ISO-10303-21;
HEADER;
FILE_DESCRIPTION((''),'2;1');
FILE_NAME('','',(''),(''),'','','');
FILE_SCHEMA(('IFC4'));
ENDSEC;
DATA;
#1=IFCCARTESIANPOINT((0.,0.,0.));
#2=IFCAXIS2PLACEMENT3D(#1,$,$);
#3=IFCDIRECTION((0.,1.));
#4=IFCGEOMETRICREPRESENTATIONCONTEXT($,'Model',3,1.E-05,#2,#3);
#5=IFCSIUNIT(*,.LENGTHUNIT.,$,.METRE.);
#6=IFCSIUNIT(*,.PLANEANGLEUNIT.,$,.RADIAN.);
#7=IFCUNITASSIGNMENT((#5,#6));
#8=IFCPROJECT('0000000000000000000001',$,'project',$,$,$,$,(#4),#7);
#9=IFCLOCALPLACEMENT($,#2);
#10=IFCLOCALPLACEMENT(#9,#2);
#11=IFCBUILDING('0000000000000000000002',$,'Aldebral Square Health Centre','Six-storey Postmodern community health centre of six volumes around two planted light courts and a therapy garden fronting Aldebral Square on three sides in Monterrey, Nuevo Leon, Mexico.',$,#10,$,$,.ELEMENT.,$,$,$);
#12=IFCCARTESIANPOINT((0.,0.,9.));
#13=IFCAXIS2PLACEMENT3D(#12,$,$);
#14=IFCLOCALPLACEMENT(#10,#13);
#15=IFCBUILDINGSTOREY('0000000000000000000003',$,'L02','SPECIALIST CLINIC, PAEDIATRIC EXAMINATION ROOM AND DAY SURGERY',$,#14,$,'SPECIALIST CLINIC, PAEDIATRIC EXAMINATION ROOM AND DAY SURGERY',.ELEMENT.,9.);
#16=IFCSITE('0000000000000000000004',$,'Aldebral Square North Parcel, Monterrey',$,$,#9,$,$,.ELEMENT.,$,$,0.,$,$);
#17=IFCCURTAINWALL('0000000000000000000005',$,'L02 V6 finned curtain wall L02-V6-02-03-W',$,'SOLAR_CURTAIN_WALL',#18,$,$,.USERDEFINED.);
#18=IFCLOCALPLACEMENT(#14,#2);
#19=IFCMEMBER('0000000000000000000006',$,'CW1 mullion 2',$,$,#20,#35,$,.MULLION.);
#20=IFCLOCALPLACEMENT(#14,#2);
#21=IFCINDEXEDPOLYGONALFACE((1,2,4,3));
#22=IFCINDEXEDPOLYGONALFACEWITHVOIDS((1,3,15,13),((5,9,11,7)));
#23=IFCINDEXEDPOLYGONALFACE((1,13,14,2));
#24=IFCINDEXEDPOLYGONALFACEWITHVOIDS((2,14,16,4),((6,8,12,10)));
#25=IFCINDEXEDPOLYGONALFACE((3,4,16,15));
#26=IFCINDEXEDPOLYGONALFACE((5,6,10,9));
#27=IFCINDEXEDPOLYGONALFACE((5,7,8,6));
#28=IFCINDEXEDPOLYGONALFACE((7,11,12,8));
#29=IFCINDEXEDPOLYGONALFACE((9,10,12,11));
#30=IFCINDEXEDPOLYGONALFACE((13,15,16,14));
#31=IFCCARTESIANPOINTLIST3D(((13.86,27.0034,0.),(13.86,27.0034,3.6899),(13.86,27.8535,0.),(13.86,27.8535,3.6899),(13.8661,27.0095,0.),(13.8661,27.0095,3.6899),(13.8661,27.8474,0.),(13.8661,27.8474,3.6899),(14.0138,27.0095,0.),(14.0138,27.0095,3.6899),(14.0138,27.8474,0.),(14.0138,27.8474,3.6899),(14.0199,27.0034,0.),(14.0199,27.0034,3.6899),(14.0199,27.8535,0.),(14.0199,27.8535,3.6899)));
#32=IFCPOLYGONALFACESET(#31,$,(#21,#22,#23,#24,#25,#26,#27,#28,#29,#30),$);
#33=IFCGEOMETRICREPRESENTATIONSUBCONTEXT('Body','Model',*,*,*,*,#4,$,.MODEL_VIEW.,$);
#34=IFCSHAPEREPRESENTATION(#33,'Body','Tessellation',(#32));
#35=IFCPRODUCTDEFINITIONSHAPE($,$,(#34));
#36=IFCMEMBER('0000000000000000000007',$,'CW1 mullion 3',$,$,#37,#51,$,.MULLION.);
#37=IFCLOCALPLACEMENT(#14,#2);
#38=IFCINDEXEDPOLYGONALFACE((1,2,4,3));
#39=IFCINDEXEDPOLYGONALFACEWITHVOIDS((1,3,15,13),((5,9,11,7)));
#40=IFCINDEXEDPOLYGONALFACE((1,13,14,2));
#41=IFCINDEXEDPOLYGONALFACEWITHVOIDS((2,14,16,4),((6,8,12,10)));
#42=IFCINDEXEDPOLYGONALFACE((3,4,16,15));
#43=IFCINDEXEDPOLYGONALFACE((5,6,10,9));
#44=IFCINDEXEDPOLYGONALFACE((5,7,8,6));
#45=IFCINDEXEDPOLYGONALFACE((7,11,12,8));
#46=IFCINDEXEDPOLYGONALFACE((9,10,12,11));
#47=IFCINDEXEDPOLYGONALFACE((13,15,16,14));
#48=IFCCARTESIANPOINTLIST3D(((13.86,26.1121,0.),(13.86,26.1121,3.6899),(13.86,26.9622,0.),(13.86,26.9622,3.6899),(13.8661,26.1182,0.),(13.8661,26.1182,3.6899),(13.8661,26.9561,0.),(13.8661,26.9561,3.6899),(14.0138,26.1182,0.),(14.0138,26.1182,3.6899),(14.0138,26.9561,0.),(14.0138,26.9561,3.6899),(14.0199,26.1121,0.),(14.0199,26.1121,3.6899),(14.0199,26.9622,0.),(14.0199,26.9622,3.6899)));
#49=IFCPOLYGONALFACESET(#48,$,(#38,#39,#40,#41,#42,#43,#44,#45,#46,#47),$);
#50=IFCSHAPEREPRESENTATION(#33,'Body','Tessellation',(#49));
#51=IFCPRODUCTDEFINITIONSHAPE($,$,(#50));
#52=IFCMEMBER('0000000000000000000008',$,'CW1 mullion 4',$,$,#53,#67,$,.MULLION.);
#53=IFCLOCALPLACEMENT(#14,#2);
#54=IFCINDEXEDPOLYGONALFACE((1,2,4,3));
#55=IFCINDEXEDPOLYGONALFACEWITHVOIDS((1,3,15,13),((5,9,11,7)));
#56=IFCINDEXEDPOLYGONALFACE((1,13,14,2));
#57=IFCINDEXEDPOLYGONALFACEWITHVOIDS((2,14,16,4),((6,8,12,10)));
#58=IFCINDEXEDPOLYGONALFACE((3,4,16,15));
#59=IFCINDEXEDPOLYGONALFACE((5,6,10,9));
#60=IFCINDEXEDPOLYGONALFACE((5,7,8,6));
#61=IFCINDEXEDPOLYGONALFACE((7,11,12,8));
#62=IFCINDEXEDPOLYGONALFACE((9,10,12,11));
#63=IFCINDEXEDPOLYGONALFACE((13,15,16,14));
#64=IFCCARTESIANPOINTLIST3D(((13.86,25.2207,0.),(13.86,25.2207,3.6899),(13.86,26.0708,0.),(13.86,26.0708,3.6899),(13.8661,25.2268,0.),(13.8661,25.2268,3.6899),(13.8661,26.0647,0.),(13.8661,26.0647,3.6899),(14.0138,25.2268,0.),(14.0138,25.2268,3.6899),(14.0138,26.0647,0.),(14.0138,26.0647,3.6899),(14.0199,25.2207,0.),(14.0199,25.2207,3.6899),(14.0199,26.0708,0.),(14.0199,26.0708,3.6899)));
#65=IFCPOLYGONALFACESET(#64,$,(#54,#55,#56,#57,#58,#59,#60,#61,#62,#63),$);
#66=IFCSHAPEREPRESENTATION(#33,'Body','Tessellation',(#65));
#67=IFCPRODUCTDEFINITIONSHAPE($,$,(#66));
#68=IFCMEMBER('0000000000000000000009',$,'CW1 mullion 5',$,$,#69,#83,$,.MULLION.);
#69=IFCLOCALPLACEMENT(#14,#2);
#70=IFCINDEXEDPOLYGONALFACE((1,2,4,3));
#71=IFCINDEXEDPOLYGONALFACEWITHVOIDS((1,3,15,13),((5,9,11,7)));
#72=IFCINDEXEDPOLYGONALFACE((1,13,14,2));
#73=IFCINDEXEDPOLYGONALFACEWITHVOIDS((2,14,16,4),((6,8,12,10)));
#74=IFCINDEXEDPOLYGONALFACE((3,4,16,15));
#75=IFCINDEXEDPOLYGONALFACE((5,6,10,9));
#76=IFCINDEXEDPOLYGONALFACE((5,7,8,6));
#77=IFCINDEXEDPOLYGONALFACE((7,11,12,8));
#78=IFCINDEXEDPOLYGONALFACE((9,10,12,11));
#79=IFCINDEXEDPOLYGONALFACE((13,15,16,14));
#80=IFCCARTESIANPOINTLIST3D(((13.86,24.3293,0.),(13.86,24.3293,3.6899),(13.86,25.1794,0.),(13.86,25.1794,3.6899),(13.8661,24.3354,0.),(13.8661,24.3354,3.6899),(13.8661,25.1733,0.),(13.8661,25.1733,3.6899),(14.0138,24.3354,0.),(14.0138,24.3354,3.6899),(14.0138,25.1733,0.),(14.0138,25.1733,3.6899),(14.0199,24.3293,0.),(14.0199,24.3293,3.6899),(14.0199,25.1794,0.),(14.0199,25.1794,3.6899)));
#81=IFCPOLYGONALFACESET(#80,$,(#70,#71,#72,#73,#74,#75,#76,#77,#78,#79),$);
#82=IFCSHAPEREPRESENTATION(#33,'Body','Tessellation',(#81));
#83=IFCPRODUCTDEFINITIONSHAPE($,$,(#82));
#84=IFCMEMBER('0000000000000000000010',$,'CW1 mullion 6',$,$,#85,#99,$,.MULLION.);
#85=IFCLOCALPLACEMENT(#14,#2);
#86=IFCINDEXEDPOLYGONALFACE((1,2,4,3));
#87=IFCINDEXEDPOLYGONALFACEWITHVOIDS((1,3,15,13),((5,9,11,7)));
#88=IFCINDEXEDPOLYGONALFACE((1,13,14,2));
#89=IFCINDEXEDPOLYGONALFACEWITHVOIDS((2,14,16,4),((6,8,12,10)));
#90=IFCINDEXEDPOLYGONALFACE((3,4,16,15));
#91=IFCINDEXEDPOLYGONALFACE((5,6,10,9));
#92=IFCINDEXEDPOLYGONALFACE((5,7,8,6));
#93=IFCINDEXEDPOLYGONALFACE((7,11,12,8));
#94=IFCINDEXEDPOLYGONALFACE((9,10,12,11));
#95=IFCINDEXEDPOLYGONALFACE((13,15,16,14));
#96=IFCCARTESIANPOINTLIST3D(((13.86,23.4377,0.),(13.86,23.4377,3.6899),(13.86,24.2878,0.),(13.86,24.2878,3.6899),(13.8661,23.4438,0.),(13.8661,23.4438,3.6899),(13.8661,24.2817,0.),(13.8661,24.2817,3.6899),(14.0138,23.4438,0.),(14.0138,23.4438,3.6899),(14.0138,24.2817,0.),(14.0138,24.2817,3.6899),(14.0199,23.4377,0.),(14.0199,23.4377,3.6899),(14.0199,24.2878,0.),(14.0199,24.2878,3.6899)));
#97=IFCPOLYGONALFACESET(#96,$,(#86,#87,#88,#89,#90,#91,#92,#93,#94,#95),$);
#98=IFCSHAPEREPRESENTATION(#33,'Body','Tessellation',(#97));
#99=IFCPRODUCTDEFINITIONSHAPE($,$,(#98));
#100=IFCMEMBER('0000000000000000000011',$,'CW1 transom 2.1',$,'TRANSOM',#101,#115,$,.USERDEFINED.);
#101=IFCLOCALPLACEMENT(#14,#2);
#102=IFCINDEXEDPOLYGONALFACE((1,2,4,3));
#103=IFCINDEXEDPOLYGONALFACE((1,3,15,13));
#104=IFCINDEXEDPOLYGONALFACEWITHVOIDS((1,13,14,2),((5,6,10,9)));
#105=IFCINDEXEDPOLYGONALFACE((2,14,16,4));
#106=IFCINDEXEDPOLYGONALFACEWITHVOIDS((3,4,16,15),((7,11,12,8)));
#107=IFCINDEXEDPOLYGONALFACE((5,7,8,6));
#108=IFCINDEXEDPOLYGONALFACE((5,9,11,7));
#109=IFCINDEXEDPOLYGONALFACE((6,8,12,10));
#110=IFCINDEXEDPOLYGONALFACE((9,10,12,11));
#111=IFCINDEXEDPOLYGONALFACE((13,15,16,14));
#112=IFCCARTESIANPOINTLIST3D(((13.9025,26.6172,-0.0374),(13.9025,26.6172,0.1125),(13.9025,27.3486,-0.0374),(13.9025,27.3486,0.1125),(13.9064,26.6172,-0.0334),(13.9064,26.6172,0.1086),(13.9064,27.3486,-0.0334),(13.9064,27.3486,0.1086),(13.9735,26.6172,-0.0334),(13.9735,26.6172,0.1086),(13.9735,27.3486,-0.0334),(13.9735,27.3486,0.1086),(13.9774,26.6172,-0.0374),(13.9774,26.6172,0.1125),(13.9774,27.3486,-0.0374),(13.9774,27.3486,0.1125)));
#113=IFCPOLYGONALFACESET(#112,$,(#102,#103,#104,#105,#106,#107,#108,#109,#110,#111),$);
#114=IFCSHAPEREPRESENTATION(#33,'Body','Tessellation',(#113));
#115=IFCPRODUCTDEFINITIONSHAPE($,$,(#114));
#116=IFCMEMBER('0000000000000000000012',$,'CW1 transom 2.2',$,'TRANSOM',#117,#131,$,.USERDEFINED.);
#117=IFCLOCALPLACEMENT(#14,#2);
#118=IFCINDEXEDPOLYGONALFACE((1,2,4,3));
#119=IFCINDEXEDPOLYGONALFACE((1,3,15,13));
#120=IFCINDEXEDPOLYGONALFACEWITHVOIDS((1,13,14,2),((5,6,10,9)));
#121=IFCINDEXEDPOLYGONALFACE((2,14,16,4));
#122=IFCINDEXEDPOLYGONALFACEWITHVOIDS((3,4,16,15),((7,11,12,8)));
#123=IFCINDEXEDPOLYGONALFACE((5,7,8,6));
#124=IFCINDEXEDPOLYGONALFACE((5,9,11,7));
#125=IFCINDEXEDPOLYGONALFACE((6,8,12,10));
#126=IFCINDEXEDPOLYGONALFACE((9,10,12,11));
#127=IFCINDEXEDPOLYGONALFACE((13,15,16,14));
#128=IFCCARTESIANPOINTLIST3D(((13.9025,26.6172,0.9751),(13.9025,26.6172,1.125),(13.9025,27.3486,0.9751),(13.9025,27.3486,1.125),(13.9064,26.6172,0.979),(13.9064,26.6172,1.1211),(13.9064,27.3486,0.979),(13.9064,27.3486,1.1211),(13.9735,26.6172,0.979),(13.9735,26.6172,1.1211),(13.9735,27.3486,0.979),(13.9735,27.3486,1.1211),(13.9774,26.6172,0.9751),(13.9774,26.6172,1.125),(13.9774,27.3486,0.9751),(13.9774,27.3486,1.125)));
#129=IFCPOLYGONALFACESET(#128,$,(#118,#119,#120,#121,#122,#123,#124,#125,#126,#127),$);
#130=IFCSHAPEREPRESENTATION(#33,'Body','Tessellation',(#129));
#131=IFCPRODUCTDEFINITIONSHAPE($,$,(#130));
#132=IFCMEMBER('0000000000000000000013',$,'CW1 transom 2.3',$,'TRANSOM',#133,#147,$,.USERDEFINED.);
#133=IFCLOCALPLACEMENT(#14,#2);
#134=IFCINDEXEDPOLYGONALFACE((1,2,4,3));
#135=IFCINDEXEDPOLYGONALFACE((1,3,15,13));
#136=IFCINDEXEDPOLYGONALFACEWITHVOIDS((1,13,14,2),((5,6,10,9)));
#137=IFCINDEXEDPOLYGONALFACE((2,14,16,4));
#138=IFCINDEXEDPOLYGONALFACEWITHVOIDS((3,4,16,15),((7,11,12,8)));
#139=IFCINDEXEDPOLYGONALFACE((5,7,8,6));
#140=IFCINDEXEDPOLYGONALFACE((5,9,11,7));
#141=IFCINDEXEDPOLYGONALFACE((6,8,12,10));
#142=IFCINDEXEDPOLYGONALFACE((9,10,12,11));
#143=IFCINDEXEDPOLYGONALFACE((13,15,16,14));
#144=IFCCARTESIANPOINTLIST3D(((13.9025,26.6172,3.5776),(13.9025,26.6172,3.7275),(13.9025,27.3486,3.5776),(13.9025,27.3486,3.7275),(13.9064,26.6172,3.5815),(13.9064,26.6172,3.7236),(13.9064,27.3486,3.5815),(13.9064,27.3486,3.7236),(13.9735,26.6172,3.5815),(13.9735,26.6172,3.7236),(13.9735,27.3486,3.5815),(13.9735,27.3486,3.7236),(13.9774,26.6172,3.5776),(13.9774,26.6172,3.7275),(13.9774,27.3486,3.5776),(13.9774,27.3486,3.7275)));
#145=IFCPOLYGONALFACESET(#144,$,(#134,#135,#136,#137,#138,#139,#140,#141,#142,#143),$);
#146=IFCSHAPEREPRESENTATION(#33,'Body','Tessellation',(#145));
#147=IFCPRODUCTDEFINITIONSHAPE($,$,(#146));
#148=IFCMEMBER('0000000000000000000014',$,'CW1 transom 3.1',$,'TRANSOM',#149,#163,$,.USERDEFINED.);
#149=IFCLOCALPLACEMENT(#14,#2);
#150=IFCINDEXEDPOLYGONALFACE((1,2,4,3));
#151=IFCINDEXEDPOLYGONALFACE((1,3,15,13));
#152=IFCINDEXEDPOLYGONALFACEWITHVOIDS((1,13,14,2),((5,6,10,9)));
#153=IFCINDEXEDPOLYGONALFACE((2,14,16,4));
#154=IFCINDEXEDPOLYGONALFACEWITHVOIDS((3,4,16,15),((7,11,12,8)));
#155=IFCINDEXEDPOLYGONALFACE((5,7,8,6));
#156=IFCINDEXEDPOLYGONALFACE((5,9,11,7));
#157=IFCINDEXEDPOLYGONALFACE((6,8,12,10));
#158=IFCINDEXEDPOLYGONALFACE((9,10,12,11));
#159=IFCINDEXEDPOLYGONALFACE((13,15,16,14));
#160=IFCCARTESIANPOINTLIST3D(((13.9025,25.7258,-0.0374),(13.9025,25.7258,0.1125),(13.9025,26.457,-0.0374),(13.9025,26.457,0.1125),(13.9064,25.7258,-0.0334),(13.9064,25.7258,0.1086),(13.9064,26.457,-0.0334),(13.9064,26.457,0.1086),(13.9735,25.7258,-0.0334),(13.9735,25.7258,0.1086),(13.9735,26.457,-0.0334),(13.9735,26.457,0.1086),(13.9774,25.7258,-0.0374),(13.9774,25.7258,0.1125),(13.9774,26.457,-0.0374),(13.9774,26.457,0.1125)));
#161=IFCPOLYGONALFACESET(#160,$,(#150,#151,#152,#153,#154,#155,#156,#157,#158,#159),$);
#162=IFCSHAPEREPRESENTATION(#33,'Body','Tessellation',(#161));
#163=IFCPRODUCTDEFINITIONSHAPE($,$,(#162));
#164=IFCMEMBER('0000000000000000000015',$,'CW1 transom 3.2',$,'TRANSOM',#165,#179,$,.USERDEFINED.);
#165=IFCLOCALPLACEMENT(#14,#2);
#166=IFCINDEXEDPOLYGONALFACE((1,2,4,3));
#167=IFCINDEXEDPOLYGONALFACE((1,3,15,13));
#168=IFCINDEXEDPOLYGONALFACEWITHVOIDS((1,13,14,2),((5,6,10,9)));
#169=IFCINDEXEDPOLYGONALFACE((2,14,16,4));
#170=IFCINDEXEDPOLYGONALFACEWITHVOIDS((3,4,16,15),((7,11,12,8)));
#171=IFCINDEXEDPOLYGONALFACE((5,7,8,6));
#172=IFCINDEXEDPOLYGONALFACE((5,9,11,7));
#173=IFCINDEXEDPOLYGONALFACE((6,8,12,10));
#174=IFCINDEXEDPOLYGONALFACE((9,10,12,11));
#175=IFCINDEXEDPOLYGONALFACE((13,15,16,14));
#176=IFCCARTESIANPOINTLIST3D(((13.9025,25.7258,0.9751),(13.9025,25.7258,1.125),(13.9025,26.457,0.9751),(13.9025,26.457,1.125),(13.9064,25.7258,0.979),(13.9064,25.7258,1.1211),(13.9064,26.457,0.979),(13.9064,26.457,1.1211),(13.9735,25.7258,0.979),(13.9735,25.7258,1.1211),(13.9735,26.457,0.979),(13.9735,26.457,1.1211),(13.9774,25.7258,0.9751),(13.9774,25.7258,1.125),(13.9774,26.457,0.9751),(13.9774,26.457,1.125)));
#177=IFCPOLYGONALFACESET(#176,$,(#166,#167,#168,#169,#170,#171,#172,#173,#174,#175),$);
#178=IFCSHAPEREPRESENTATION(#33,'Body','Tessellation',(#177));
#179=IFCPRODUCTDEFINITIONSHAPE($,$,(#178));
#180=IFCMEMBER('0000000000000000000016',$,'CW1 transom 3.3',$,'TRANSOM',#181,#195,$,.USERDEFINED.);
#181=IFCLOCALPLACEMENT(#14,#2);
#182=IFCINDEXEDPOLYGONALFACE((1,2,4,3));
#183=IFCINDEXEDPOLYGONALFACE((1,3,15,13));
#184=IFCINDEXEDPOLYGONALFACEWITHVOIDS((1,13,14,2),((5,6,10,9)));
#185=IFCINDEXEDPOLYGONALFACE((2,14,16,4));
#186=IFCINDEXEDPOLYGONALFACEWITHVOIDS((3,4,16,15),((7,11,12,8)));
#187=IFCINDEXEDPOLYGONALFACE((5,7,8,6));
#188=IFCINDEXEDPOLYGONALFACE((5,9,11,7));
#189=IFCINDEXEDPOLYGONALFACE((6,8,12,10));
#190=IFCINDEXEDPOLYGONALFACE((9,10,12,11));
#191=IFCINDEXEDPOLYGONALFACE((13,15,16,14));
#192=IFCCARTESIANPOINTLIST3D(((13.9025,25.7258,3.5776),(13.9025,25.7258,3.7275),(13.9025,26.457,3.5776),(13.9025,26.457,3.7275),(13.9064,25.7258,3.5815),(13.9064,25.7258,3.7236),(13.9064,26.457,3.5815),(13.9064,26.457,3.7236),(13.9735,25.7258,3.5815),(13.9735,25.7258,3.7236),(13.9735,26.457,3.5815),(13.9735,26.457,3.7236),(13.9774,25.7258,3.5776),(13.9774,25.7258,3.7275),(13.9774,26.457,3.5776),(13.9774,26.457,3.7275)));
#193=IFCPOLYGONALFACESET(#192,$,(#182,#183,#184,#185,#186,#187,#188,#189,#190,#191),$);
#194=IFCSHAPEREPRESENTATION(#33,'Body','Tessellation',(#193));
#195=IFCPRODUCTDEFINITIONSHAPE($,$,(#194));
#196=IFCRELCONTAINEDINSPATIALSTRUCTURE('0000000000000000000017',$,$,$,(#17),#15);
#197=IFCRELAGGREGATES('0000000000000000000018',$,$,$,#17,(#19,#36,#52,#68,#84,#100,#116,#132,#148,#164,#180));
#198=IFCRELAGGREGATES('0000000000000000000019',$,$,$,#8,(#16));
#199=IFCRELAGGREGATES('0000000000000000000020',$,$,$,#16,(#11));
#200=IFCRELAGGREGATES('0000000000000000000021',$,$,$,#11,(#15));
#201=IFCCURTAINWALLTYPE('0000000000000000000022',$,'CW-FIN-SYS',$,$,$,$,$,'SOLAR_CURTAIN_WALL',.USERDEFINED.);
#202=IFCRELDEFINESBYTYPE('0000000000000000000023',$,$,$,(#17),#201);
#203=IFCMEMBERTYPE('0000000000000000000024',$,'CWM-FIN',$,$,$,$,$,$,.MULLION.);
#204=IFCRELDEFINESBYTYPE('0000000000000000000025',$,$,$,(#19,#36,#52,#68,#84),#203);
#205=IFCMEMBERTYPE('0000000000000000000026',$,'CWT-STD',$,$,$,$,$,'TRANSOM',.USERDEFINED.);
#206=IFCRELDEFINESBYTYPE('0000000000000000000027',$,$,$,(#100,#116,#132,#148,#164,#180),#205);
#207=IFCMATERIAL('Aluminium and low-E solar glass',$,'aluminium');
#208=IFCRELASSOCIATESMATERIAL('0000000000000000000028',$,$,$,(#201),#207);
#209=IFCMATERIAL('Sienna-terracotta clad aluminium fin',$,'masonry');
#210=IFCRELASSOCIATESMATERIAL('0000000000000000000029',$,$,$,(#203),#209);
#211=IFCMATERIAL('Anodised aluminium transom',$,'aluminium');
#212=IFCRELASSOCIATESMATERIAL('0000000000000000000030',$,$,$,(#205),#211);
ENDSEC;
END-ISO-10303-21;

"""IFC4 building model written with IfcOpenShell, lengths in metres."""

from ifc_helpers import new_model, si_unit, direction, frame, origin, origin_2d, place, context, subcontext, project, spatial, hollow_rectangle, extrude, material, material_profile, profile_set, type_object, element, aggregate, save


model = new_model("IFC4")

# Units and contexts
model_context = context("Model", 3, precision=1e-05, world=origin(), true_north=direction((0.0, 1.0)))
body_context = subcontext(model_context, "Body", "Model", "MODEL_VIEW")
ifc_project = project(units=[si_unit("LENGTHUNIT", "METRE"), si_unit("PLANEANGLEUNIT", "RADIAN")], contexts=[model_context])

# Site, building, storey
site_placement = place(None, origin())
site = spatial("IfcSite", under=ifc_project, at=site_placement, Name="Aldebral Square North Parcel, Monterrey", CompositionType="ELEMENT", RefElevation=0.0)
building_placement = place(site_placement, origin())
building = spatial("IfcBuilding", under=site, at=building_placement, Name="Aldebral Square Health Centre", Description="Six-storey Postmodern community health centre of six volumes around two planted light courts and a therapy garden fronting Aldebral Square on three sides in Monterrey, Nuevo Leon, Mexico.", CompositionType="ELEMENT")
storey_placement = place(building_placement, frame((0.0, 0.0, 9.0)))
storey = spatial("IfcBuildingStorey", under=building, at=storey_placement, Name="L02", Description="SPECIALIST CLINIC, PAEDIATRIC EXAMINATION ROOM AND DAY SURGERY", LongName="SPECIALIST CLINIC, PAEDIATRIC EXAMINATION ROOM AND DAY SURGERY", CompositionType="ELEMENT", Elevation=9.0)

# Curtain wall, members
ifc_material_1 = material(Name="Aluminium and low-E solar glass", Category="aluminium")
curtain_wall_type = type_object("IfcCurtainWallType", Name="CW-FIN-SYS", ElementType="SOLAR_CURTAIN_WALL", PredefinedType="USERDEFINED", material=ifc_material_1)
curtain_wall_placement = place(storey_placement, origin())
curtain_wall = element("IfcCurtainWall", 1, at=curtain_wall_placement, inside=storey, type_object=curtain_wall_type, Name="L02 V6 finned curtain wall L02-V6-02-03-W", ObjectType="SOLAR_CURTAIN_WALL", PredefinedType="USERDEFINED")
ifc_material_2 = material(Name="Sienna-terracotta clad aluminium fin", Category="masonry")
ifc_material_profile_1 = material_profile(ifc_material_2, hollow_rectangle(XDim=0.1599, YDim=0.8501, WallThickness=0.0061, at=origin_2d()), Name="FIN 160x850x6")
ifc_profile_set_1 = profile_set([ifc_material_profile_1], Name="Sienna-terracotta clad aluminium fin")
member_type_1 = type_object("IfcMemberType", Name="CWM-FIN", PredefinedType="MULLION", material=ifc_profile_set_1)
member_1_placement = place(storey_placement, frame((13.9399, 27.4285, 0.0), z_axis=(0.0, 0.0, 1.0), x_axis=(1.0, 0.0, 0.0)))
member_1 = element("IfcMember", 2, at=member_1_placement, type_object=member_type_1, Name="CW1 mullion 2", PredefinedType="MULLION", context=body_context, shape_type="SweptSolid", body=[
    extrude(hollow_rectangle(XDim=0.1599, YDim=0.8501, WallThickness=0.0061, at=origin_2d()), origin(), (0.0, 0.0, 1.0), 3.6899),
])
member_2_placement = place(storey_placement, frame((13.9399, 26.5371, 0.0), z_axis=(0.0, 0.0, 1.0), x_axis=(1.0, 0.0, 0.0)))
member_2 = element("IfcMember", 3, at=member_2_placement, type_object=member_type_1, Name="CW1 mullion 3", PredefinedType="MULLION", context=body_context, shape_type="SweptSolid", body=[
    extrude(hollow_rectangle(XDim=0.1599, YDim=0.8501, WallThickness=0.0061, at=origin_2d()), origin(), (0.0, 0.0, 1.0), 3.6899),
])
member_3_placement = place(storey_placement, frame((13.9399, 25.6458, 0.0), z_axis=(0.0, 0.0, 1.0), x_axis=(1.0, 0.0, 0.0)))
member_3 = element("IfcMember", 4, at=member_3_placement, type_object=member_type_1, Name="CW1 mullion 4", PredefinedType="MULLION", context=body_context, shape_type="SweptSolid", body=[
    extrude(hollow_rectangle(XDim=0.1599, YDim=0.8501, WallThickness=0.0061, at=origin_2d()), origin(), (0.0, 0.0, 1.0), 3.6899),
])
member_4_placement = place(storey_placement, frame((13.9399, 24.7544, 0.0), z_axis=(0.0, 0.0, 1.0), x_axis=(1.0, 0.0, 0.0)))
member_4 = element("IfcMember", 5, at=member_4_placement, type_object=member_type_1, Name="CW1 mullion 5", PredefinedType="MULLION", context=body_context, shape_type="SweptSolid", body=[
    extrude(hollow_rectangle(XDim=0.1599, YDim=0.8501, WallThickness=0.0061, at=origin_2d()), origin(), (0.0, 0.0, 1.0), 3.6899),
])
member_5_placement = place(storey_placement, frame((13.9399, 23.8628, 0.0), z_axis=(0.0, 0.0, 1.0), x_axis=(1.0, 0.0, 0.0)))
member_5 = element("IfcMember", 6, at=member_5_placement, type_object=member_type_1, Name="CW1 mullion 6", PredefinedType="MULLION", context=body_context, shape_type="SweptSolid", body=[
    extrude(hollow_rectangle(XDim=0.1599, YDim=0.8501, WallThickness=0.0061, at=origin_2d()), origin(), (0.0, 0.0, 1.0), 3.6899),
])
ifc_material_3 = material(Name="Anodised aluminium transom", Category="aluminium")
ifc_material_profile_2 = material_profile(ifc_material_3, hollow_rectangle(XDim=0.075, YDim=0.1499, WallThickness=0.0039, at=origin_2d()), Name="CWT 75x150x4")
ifc_profile_set_2 = profile_set([ifc_material_profile_2], Name="Anodised aluminium transom")
member_type_2 = type_object("IfcMemberType", Name="CWT-STD", ElementType="TRANSOM", PredefinedType="USERDEFINED", material=ifc_profile_set_2)
member_6_placement = place(storey_placement, frame((13.9399, 27.3486, 0.0376), z_axis=(0.0, -1.0, 0.0), x_axis=(1.0, 0.0, 0.0)))
member_6 = element("IfcMember", 7, at=member_6_placement, type_object=member_type_2, Name="CW1 transom 2.1", ObjectType="TRANSOM", PredefinedType="USERDEFINED", context=body_context, shape_type="SweptSolid", body=[
    extrude(hollow_rectangle(XDim=0.075, YDim=0.1499, WallThickness=0.0039, at=origin_2d()), origin(), (0.0, 0.0, 1.0), 0.7314),
])
member_7_placement = place(storey_placement, frame((13.9399, 27.3486, 1.05), z_axis=(0.0, -1.0, 0.0), x_axis=(1.0, 0.0, 0.0)))
member_7 = element("IfcMember", 8, at=member_7_placement, type_object=member_type_2, Name="CW1 transom 2.2", ObjectType="TRANSOM", PredefinedType="USERDEFINED", context=body_context, shape_type="SweptSolid", body=[
    extrude(hollow_rectangle(XDim=0.075, YDim=0.1499, WallThickness=0.0039, at=origin_2d()), origin(), (0.0, 0.0, 1.0), 0.7314),
])
member_8_placement = place(storey_placement, frame((13.9399, 27.3486, 3.6526), z_axis=(0.0, -1.0, 0.0), x_axis=(1.0, 0.0, 0.0)))
member_8 = element("IfcMember", 9, at=member_8_placement, type_object=member_type_2, Name="CW1 transom 2.3", ObjectType="TRANSOM", PredefinedType="USERDEFINED", context=body_context, shape_type="SweptSolid", body=[
    extrude(hollow_rectangle(XDim=0.075, YDim=0.1499, WallThickness=0.0039, at=origin_2d()), origin(), (0.0, 0.0, 1.0), 0.7314),
])
member_9_placement = place(storey_placement, frame((13.9399, 26.457, 0.0376), z_axis=(0.0, -1.0, 0.0), x_axis=(1.0, 0.0, 0.0)))
member_9 = element("IfcMember", 10, at=member_9_placement, type_object=member_type_2, Name="CW1 transom 3.1", ObjectType="TRANSOM", PredefinedType="USERDEFINED", context=body_context, shape_type="SweptSolid", body=[
    extrude(hollow_rectangle(XDim=0.075, YDim=0.1499, WallThickness=0.0039, at=origin_2d()), origin(), (0.0, 0.0, 1.0), 0.7312),
])
member_10_placement = place(storey_placement, frame((13.9399, 26.457, 1.05), z_axis=(0.0, -1.0, 0.0), x_axis=(1.0, 0.0, 0.0)))
member_10 = element("IfcMember", 11, at=member_10_placement, type_object=member_type_2, Name="CW1 transom 3.2", ObjectType="TRANSOM", PredefinedType="USERDEFINED", context=body_context, shape_type="SweptSolid", body=[
    extrude(hollow_rectangle(XDim=0.075, YDim=0.1499, WallThickness=0.0039, at=origin_2d()), origin(), (0.0, 0.0, 1.0), 0.7312),
])
member_11_placement = place(storey_placement, frame((13.9399, 26.457, 3.6526), z_axis=(0.0, -1.0, 0.0), x_axis=(1.0, 0.0, 0.0)))
member_11 = element("IfcMember", 12, at=member_11_placement, type_object=member_type_2, Name="CW1 transom 3.3", ObjectType="TRANSOM", PredefinedType="USERDEFINED", context=body_context, shape_type="SweptSolid", body=[
    extrude(hollow_rectangle(XDim=0.075, YDim=0.1499, WallThickness=0.0039, at=origin_2d()), origin(), (0.0, 0.0, 1.0), 0.7312),
])
aggregate(curtain_wall, [member_1, member_2, member_3, member_4, member_5, member_6, member_7, member_8, member_9, member_10, member_11])

save(model, "model.ifc")
